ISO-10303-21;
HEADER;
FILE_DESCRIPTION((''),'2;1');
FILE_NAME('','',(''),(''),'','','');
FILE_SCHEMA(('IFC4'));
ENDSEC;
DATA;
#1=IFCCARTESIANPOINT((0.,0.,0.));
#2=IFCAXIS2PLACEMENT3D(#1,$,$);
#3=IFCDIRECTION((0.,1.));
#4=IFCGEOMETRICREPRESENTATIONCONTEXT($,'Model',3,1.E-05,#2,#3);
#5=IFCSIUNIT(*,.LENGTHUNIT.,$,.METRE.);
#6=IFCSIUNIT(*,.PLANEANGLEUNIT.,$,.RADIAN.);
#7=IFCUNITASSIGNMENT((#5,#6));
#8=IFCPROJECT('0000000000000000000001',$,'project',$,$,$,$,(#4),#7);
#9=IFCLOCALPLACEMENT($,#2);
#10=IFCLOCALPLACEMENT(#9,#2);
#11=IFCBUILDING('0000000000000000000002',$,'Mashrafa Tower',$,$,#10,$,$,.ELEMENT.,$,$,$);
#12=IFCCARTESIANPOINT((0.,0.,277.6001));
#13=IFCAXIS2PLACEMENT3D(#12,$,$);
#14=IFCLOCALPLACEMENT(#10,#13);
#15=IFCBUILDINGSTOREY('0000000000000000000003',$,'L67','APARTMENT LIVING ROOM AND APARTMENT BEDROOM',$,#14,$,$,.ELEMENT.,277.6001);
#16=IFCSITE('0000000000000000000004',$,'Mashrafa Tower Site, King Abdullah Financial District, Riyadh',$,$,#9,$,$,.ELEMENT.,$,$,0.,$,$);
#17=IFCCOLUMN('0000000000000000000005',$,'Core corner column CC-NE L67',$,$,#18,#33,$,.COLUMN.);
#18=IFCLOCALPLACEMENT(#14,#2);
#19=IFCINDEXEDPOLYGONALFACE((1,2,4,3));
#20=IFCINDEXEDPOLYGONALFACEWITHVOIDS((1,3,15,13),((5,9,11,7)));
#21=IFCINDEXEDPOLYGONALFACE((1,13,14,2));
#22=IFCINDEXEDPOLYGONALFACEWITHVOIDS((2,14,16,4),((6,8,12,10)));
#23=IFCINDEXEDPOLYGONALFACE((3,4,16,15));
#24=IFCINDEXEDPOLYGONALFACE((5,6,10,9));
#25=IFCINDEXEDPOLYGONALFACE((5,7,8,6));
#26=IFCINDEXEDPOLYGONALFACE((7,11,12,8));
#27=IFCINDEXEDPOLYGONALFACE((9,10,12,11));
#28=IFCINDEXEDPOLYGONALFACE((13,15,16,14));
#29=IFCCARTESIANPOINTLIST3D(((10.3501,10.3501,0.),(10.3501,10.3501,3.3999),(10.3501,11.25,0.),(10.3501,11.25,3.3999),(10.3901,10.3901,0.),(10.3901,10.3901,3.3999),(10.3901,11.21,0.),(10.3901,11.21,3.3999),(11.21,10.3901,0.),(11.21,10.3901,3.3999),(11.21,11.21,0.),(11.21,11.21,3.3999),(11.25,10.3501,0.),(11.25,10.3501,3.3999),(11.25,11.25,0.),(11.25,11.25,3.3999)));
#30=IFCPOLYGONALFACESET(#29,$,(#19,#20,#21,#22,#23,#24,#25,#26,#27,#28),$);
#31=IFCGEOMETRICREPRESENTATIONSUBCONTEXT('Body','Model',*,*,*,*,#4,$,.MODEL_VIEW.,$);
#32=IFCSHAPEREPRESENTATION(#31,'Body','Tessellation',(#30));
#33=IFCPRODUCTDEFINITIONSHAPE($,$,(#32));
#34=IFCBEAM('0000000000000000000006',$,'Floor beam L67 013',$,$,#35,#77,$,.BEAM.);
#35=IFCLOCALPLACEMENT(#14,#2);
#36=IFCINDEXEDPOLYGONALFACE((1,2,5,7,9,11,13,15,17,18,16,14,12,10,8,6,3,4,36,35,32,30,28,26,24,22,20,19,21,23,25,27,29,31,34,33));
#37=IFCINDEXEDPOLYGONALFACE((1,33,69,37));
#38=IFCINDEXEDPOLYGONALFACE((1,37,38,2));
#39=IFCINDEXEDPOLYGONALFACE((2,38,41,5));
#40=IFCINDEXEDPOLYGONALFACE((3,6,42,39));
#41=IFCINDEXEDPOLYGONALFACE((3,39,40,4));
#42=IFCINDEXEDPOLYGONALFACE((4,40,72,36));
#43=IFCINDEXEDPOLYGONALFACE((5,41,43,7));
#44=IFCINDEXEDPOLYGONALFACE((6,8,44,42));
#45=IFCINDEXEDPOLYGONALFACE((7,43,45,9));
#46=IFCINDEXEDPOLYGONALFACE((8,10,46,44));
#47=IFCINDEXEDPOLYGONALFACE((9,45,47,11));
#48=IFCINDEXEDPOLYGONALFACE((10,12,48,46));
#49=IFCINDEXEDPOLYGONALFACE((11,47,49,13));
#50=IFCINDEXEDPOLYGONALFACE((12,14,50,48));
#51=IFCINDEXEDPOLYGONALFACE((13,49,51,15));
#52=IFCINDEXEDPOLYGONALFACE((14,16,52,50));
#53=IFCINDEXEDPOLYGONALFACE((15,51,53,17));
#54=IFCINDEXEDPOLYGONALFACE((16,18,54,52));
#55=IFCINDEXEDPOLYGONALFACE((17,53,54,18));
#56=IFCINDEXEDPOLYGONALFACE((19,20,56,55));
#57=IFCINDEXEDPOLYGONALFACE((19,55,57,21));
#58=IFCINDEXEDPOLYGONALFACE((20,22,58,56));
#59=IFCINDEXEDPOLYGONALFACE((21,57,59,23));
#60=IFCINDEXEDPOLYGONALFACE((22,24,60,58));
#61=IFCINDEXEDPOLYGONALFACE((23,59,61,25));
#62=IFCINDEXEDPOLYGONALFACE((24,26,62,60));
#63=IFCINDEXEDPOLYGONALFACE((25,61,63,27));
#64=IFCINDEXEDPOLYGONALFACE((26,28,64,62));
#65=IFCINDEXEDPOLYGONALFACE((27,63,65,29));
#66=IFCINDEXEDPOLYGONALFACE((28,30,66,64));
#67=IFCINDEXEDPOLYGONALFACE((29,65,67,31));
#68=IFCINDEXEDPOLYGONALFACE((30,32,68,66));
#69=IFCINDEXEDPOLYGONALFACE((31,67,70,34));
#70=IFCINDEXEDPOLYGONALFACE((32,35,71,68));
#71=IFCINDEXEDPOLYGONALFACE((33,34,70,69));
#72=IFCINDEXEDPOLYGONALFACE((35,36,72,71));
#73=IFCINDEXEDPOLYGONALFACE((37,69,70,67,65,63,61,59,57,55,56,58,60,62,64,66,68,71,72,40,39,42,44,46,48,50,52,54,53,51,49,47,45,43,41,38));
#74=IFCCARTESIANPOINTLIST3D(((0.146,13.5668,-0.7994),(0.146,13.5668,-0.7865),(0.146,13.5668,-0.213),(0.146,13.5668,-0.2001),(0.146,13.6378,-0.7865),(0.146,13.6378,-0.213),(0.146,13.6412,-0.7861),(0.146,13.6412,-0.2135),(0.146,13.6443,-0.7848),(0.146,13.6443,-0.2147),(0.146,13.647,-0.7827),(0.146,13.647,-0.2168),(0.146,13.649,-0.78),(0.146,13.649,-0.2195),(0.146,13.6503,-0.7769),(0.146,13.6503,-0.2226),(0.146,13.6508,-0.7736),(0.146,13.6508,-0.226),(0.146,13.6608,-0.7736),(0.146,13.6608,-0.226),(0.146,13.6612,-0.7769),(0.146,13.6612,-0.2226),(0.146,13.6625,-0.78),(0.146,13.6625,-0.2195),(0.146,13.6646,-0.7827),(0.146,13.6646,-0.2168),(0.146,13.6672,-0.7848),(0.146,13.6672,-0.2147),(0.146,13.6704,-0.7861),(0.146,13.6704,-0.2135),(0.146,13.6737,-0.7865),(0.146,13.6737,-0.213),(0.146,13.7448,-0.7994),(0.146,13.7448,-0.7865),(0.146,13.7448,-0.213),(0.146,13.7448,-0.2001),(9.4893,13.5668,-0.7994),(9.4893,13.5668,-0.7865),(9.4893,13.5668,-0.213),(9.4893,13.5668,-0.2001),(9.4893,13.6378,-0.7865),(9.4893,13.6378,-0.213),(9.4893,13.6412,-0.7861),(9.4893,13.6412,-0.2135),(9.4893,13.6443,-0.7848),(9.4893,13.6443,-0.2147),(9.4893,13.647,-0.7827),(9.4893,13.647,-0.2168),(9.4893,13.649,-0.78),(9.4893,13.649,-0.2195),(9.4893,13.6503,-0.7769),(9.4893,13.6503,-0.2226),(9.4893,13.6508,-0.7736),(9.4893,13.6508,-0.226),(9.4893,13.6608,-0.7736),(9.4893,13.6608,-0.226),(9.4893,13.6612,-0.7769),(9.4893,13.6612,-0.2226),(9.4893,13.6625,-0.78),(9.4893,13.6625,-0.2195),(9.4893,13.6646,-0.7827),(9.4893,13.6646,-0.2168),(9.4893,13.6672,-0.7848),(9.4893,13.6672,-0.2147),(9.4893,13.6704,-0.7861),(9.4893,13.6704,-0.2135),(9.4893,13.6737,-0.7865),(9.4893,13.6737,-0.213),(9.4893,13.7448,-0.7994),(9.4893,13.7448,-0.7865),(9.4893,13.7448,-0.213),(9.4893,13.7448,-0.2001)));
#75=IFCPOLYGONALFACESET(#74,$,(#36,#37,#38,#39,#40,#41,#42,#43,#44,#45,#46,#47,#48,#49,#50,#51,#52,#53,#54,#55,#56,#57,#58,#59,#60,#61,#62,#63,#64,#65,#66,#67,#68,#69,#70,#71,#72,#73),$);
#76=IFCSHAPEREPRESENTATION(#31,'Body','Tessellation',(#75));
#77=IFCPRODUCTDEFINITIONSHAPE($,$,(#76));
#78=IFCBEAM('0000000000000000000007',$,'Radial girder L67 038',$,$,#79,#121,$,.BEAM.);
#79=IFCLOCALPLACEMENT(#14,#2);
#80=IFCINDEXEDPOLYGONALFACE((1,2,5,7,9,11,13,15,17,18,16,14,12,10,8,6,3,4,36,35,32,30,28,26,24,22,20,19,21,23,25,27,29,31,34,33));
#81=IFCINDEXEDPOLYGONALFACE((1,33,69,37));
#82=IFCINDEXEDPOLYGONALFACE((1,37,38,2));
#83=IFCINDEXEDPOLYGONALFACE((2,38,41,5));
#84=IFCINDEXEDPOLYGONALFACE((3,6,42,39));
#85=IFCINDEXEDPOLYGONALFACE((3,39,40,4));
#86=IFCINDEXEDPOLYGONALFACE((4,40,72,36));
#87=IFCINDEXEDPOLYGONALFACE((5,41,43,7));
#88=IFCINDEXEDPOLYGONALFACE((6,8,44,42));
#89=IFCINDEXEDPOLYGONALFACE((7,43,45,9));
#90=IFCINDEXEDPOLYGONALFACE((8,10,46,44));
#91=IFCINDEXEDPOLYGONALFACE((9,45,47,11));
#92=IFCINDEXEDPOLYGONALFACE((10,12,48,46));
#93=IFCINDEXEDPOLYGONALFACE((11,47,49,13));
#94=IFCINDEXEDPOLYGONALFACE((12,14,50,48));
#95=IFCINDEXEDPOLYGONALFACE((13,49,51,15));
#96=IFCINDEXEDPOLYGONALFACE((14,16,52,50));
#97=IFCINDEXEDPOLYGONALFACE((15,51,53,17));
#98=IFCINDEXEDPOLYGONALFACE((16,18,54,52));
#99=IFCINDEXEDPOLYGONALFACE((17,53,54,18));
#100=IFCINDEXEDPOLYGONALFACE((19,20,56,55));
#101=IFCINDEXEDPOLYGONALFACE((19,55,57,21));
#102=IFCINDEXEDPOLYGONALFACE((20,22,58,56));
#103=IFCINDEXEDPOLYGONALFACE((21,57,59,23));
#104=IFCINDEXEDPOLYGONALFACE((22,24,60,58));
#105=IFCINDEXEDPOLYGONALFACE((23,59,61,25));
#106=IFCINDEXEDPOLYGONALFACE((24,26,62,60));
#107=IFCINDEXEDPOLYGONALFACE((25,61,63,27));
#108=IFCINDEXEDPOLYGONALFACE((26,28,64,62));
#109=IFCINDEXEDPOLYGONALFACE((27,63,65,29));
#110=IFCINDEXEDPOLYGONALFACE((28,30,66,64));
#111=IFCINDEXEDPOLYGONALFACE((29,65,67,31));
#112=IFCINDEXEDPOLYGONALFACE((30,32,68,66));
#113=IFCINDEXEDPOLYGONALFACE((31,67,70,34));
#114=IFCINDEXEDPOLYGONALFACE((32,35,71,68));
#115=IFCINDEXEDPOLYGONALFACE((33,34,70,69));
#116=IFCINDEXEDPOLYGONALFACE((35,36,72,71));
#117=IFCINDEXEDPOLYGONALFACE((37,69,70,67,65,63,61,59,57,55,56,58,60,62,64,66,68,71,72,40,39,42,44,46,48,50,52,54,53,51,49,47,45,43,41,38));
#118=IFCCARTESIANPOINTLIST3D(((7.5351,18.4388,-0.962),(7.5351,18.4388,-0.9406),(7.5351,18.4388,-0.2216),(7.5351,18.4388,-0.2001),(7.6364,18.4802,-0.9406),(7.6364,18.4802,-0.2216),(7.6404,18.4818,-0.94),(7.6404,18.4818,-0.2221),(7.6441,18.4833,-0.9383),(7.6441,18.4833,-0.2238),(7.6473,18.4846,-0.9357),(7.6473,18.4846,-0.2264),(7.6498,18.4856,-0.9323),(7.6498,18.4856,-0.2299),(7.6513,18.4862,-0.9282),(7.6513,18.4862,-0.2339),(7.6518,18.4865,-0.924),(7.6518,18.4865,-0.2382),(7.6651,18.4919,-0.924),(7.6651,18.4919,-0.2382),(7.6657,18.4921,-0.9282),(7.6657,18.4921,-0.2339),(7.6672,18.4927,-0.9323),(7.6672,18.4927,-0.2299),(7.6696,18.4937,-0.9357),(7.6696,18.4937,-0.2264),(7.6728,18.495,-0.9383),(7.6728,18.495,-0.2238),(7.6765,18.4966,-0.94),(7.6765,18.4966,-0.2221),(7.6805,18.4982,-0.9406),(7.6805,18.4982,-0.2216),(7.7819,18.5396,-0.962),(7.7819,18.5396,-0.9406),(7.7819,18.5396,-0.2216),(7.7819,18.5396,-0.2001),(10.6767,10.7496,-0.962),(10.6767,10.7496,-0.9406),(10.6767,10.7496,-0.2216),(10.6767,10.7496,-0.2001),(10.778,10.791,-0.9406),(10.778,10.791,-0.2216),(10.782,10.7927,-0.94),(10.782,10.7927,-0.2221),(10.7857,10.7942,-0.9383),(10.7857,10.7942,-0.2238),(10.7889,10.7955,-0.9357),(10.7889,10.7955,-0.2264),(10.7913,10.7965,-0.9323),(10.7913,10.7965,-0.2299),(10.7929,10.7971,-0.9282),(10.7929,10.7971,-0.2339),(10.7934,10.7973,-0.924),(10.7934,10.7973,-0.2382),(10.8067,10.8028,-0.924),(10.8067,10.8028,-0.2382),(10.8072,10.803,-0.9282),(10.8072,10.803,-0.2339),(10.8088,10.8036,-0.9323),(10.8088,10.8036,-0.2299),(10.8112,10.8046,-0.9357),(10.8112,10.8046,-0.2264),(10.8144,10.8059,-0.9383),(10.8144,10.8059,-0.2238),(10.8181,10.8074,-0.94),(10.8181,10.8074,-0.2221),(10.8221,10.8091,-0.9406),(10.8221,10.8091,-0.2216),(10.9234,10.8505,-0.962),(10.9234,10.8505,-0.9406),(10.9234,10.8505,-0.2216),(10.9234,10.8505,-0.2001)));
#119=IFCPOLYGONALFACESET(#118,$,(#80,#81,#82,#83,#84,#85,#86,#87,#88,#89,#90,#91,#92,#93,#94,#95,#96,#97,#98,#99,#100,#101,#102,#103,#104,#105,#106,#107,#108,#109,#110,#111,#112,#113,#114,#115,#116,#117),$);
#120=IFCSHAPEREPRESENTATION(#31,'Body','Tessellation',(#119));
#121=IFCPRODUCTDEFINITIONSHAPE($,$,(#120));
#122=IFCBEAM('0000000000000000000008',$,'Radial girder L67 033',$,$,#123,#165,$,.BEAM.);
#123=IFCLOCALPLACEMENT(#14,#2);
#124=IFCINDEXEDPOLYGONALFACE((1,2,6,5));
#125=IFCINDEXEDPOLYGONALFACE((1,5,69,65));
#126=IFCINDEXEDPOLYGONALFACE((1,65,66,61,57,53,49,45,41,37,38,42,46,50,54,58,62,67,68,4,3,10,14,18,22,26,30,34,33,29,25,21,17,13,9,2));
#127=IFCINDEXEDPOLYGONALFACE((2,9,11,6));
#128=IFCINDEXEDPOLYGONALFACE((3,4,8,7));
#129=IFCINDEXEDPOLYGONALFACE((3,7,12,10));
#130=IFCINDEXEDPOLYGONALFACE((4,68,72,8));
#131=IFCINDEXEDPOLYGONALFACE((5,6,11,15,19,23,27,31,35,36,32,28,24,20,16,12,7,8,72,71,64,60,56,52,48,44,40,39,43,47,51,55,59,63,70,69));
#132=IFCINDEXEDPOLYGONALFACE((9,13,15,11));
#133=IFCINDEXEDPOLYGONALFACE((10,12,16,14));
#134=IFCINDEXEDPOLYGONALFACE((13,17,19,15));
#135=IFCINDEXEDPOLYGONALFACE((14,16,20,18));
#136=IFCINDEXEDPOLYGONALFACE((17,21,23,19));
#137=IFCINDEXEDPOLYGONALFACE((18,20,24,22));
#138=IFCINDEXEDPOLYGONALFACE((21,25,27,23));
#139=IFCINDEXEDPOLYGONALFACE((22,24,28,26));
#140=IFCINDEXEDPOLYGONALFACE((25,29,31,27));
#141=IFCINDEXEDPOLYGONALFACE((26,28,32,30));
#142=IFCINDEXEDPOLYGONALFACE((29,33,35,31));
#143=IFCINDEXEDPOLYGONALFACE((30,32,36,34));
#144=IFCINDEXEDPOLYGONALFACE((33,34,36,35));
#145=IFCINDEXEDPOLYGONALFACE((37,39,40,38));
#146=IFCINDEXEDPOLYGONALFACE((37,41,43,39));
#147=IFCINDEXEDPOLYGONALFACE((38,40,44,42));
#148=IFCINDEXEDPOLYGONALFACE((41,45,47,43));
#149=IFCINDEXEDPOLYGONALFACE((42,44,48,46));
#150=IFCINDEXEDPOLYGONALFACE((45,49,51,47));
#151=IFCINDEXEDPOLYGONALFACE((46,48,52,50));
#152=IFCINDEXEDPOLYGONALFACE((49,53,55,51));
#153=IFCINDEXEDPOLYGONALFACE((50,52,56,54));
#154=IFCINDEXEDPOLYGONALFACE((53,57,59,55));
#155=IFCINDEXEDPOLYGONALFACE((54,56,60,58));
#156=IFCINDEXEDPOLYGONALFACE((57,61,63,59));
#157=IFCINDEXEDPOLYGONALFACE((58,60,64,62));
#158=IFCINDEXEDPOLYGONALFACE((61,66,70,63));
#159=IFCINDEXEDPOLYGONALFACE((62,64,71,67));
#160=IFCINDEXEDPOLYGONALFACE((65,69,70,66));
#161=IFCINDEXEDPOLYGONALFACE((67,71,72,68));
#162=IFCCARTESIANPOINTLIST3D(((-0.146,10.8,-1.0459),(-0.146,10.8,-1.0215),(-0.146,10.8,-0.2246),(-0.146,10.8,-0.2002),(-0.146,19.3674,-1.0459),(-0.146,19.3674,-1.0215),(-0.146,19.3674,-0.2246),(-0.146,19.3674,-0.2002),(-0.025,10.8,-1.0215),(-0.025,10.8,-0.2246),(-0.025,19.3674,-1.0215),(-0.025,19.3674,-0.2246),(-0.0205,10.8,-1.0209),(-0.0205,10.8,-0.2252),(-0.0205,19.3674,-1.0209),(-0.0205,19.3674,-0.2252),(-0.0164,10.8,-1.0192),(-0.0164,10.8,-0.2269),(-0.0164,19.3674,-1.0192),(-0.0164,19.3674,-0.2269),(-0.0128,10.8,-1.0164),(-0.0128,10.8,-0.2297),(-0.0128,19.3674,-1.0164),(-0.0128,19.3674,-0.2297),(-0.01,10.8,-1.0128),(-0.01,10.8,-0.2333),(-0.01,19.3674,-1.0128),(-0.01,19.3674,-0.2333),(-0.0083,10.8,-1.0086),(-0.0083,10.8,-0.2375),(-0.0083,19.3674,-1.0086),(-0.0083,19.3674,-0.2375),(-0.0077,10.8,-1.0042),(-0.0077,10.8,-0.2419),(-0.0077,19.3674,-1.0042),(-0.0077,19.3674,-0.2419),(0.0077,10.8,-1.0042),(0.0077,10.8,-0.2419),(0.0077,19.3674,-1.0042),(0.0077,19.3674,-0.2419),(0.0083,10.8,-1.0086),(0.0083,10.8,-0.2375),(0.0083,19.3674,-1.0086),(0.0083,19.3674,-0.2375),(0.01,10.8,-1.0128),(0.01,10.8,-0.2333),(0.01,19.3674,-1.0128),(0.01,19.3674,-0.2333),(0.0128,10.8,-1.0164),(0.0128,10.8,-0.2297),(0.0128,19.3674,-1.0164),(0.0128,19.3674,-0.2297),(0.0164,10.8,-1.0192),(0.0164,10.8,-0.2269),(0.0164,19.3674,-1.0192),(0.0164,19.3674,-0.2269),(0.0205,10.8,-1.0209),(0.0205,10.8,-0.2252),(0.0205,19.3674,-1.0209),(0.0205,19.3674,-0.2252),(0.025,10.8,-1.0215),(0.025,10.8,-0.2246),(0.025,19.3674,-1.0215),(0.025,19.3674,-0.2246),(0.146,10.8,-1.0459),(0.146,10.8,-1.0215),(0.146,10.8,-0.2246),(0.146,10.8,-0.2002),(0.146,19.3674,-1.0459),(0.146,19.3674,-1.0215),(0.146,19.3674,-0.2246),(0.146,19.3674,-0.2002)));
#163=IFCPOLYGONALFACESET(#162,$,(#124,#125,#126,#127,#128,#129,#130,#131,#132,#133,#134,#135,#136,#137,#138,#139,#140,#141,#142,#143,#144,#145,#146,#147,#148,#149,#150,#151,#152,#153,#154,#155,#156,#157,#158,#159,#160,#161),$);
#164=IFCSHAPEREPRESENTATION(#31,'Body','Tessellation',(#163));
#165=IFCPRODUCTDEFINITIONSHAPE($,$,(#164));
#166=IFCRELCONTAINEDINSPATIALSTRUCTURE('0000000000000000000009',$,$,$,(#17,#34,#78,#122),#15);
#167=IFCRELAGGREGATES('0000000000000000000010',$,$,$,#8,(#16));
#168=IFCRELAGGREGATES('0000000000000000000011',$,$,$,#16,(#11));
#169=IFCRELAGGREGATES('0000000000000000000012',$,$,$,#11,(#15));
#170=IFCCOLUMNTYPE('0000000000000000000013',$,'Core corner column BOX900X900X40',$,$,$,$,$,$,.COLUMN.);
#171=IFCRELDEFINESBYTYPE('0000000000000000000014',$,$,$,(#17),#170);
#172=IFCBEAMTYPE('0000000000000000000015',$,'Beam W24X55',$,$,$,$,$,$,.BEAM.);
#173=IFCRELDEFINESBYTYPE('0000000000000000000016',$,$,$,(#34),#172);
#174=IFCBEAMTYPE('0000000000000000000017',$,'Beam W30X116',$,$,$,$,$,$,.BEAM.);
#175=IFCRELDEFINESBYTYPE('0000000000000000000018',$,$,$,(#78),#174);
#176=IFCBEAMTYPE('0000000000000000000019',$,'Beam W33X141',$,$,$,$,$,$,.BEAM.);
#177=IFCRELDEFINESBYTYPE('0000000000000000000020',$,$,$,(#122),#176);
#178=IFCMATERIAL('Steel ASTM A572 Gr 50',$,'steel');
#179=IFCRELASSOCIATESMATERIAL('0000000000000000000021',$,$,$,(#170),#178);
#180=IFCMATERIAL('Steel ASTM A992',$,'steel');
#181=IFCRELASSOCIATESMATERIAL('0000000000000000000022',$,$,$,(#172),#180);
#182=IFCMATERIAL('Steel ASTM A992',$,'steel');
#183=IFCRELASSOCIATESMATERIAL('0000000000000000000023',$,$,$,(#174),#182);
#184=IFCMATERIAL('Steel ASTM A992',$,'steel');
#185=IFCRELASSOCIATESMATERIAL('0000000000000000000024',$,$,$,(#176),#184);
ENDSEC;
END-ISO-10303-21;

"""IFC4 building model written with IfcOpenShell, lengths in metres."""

from ifc_helpers import new_model, si_unit, direction, frame, origin, origin_2d, place, context, subcontext, project, spatial, hollow_rectangle, i_section, extrude, material, material_profile, profile_set, type_object, element, save


model = new_model("IFC4")

# Units and contexts
model_context = context("Model", 3, precision=1e-05, world=origin(), true_north=direction((0.0, 1.0)))
body_context = subcontext(model_context, "Body", "Model", "MODEL_VIEW")
ifc_project = project(units=[si_unit("LENGTHUNIT", "METRE"), si_unit("PLANEANGLEUNIT", "RADIAN")], contexts=[model_context])

# Site, building, storey
site_placement = place(None, origin())
site = spatial("IfcSite", under=ifc_project, at=site_placement, Name="Mashrafa Tower Site, King Abdullah Financial District, Riyadh", CompositionType="ELEMENT", RefElevation=0.0)
building_placement = place(site_placement, origin())
building = spatial("IfcBuilding", under=site, at=building_placement, Name="Mashrafa Tower", CompositionType="ELEMENT")
storey_placement = place(building_placement, frame((0.0, 0.0, 277.6001)))
storey = spatial("IfcBuildingStorey", under=building, at=storey_placement, Name="L67", Description="APARTMENT LIVING ROOM AND APARTMENT BEDROOM", CompositionType="ELEMENT", Elevation=277.6001)

# Column
ifc_material_1 = material(Name="Steel ASTM A572 Gr 50", Category="steel")
ifc_material_profile_1 = material_profile(ifc_material_1, hollow_rectangle(XDim=0.8999, YDim=0.8999, WallThickness=0.04, at=origin_2d()), Name="BOX900X900X40")
ifc_profile_set_1 = profile_set([ifc_material_profile_1], Name="Steel ASTM A572 Gr 50")
column_type = type_object("IfcColumnType", Name="Core corner column BOX900X900X40", PredefinedType="COLUMN", material=ifc_profile_set_1)
column_placement = place(storey_placement, frame((10.8, 10.8, 0.0), z_axis=(0.0, 0.0, 1.0), x_axis=(1.0, 0.0, 0.0)))
element("IfcColumn", 1, at=column_placement, inside=storey, type_object=column_type, Name="Core corner column CC-NE L67", PredefinedType="COLUMN", context=body_context, shape_type="SweptSolid", body=[
    extrude(hollow_rectangle(XDim=0.8999, YDim=0.8999, WallThickness=0.04, at=origin_2d()), origin(), (0.0, 0.0, 1.0), 3.3999),
])

# Beams
ifc_material_2 = material(Name="Steel ASTM A992", Category="steel")
ifc_material_profile_2 = material_profile(ifc_material_2, i_section(OverallWidth=0.178, OverallDepth=0.5994, WebThickness=0.01, FlangeThickness=0.0129, FilletRadius=0.0129, at=origin_2d()), Name="W24X55")
ifc_profile_set_2 = profile_set([ifc_material_profile_2], Name="Steel ASTM A992")
beam_type_1 = type_object("IfcBeamType", Name="Beam W24X55", PredefinedType="BEAM", material=ifc_profile_set_2)
beam_1_placement = place(storey_placement, frame((0.146, 13.6558, -0.4998), z_axis=(1.0, 0.0, 0.0), x_axis=(0.0, 1.0, 0.0)))
element("IfcBeam", 2, at=beam_1_placement, inside=storey, type_object=beam_type_1, Name="Floor beam L67 013", PredefinedType="BEAM", context=body_context, shape_type="SweptSolid", body=[
    extrude(i_section(OverallWidth=0.178, OverallDepth=0.5994, WebThickness=0.01, FlangeThickness=0.0129, FilletRadius=0.0129, at=origin_2d()), origin(), (0.0, 0.0, 1.0), 9.3433),
])
ifc_material_3 = material(Name="Steel ASTM A992", Category="steel")
ifc_material_profile_3 = material_profile(ifc_material_3, i_section(OverallWidth=0.2666, OverallDepth=0.762, WebThickness=0.0144, FlangeThickness=0.0215, FilletRadius=0.0166, at=origin_2d()), Name="W30X116")
ifc_profile_set_3 = profile_set([ifc_material_profile_3], Name="Steel ASTM A992")
beam_type_2 = type_object("IfcBeamType", Name="Beam W30X116", PredefinedType="BEAM", material=ifc_profile_set_3)
beam_2_placement = place(storey_placement, frame((10.8, 10.8, -0.5811), z_axis=(-0.378222, 0.925715, 0.0), x_axis=(-0.925715, -0.378222, 0.0)))
element("IfcBeam", 3, at=beam_2_placement, inside=storey, type_object=beam_type_2, Name="Radial girder L67 038", PredefinedType="BEAM", context=body_context, shape_type="SweptSolid", body=[
    extrude(i_section(OverallWidth=0.2666, OverallDepth=0.762, WebThickness=0.0144, FlangeThickness=0.0215, FilletRadius=0.0166, at=origin_2d()), origin(), (0.0, 0.0, 1.0), 8.3062),
])
ifc_material_4 = material(Name="Steel ASTM A992", Category="steel")
ifc_material_profile_4 = material_profile(ifc_material_4, i_section(OverallWidth=0.292, OverallDepth=0.8457, WebThickness=0.0154, FlangeThickness=0.0244, FilletRadius=0.0173, at=origin_2d()), Name="W33X141")
ifc_profile_set_4 = profile_set([ifc_material_profile_4], Name="Steel ASTM A992")
beam_type_3 = type_object("IfcBeamType", Name="Beam W33X141", PredefinedType="BEAM", material=ifc_profile_set_4)
for number, where, z_axis, x_axis, name in (
    (4, (0.0, 10.8, -0.623), (0.0, 1.0, 0.0), (-1.0, 0.0, 0.0), "Radial girder L67 033"),
):
    element("IfcBeam", number, at=place(storey_placement, frame(where, z_axis=z_axis, x_axis=x_axis)), inside=storey, type_object=beam_type_3, Name=name, PredefinedType="BEAM", context=body_context, shape_type="SweptSolid", body=[
        extrude(i_section(OverallWidth=0.292, OverallDepth=0.8457, WebThickness=0.0154, FlangeThickness=0.0244, FilletRadius=0.0173, at=origin_2d()), origin(), (0.0, 0.0, 1.0), 8.5674),
    ])

save(model, "model.ifc")
